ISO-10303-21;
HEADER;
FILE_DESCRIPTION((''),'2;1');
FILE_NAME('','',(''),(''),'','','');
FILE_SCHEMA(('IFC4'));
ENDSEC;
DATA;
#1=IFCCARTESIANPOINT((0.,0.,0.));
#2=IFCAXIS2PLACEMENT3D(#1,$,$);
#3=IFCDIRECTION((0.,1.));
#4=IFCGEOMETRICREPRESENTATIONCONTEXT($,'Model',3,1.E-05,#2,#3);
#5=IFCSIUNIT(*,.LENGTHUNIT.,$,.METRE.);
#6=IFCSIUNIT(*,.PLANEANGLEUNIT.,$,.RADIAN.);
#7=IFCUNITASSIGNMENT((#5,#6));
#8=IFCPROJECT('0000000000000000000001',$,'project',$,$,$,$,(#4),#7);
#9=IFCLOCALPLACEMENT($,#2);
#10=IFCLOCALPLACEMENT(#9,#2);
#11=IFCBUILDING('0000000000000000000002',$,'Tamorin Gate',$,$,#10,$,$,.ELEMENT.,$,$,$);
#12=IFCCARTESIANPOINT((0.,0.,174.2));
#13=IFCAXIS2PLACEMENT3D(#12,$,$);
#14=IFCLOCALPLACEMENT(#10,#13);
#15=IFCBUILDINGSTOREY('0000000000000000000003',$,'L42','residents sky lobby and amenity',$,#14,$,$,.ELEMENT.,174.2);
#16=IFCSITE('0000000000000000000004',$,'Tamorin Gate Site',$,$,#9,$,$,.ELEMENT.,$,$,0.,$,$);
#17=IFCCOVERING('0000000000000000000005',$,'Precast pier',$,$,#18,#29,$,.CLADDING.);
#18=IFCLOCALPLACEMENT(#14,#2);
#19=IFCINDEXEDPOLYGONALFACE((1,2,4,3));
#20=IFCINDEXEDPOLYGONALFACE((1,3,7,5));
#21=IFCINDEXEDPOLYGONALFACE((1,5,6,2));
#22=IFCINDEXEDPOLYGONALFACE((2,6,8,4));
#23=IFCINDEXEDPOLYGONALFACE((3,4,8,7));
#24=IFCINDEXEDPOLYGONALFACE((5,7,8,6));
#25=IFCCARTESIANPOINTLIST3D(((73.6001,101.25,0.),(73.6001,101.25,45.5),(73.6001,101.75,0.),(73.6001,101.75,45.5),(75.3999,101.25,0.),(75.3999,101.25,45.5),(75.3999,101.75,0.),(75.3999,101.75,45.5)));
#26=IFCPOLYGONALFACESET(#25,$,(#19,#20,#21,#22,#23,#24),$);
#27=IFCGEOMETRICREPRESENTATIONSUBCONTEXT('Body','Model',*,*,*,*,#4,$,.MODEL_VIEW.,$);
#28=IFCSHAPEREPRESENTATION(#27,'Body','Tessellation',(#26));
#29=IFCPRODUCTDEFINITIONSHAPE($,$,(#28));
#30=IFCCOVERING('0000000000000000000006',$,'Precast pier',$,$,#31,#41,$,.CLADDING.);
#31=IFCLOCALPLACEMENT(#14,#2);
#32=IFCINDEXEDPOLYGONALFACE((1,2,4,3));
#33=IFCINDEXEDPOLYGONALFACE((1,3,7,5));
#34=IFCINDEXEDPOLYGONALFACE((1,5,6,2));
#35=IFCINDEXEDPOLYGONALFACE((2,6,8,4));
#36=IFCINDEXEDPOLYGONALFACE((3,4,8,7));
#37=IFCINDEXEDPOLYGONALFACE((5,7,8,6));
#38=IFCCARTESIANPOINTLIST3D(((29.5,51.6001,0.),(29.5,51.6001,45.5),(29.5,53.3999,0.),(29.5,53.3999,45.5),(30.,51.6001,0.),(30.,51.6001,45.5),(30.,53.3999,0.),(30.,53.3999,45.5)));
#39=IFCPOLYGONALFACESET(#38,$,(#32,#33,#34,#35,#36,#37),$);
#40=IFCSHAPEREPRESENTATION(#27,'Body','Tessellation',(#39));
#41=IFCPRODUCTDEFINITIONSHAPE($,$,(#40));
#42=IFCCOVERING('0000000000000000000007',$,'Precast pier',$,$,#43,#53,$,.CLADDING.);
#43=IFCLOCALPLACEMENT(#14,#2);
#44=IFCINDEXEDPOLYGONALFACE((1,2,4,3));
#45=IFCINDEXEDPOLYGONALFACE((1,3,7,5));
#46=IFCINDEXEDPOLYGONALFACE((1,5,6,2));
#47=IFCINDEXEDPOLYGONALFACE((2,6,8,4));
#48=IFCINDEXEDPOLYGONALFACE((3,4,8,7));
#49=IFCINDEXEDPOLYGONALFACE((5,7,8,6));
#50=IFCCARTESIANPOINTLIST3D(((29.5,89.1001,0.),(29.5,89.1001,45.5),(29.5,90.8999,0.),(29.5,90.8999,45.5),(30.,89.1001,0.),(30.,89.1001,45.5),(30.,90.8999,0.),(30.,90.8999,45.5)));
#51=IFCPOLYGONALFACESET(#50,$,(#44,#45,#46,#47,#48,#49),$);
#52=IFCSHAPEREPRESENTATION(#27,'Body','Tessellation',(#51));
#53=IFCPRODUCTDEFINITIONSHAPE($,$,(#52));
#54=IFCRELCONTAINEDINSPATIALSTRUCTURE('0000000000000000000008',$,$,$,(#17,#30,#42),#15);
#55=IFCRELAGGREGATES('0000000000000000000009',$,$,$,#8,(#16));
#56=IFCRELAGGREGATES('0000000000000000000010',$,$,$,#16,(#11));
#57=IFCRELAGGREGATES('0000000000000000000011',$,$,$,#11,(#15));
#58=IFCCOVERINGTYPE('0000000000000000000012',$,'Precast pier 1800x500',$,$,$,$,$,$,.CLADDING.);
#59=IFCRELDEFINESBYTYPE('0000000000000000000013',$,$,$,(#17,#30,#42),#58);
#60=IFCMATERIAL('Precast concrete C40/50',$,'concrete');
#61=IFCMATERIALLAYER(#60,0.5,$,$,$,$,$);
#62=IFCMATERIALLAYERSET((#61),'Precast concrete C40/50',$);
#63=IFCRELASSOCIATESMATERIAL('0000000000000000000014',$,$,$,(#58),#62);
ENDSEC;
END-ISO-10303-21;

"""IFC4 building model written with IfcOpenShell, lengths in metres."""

from ifc_helpers import new_model, si_unit, direction, frame, origin, place, context, subcontext, project, spatial, polyline, outline, extrude, material, layer, layer_set, type_object, element, save


model = new_model("IFC4")

# Units and contexts
model_context = context("Model", 3, precision=1e-05, world=origin(), true_north=direction((0.0, 1.0)))
body_context = subcontext(model_context, "Body", "Model", "MODEL_VIEW")
ifc_project = project(units=[si_unit("LENGTHUNIT", "METRE"), si_unit("PLANEANGLEUNIT", "RADIAN")], contexts=[model_context])

# Site, building, storey
site_placement = place(None, origin())
site = spatial("IfcSite", under=ifc_project, at=site_placement, Name="Tamorin Gate Site", CompositionType="ELEMENT", RefElevation=0.0)
building_placement = place(site_placement, origin())
building = spatial("IfcBuilding", under=site, at=building_placement, Name="Tamorin Gate", CompositionType="ELEMENT")
storey_placement = place(building_placement, frame((0.0, 0.0, 174.2)))
storey = spatial("IfcBuildingStorey", under=building, at=storey_placement, Name="L42", Description="residents sky lobby and amenity", CompositionType="ELEMENT", Elevation=174.2)

# Coverings
ifc_material_1 = material(Name="Precast concrete C40/50", Category="concrete")
ifc_layer_1 = layer(ifc_material_1, 0.5)
ifc_layer_set_1 = layer_set([ifc_layer_1], Name="Precast concrete C40/50")
covering_type_1 = type_object("IfcCoveringType", Name="Precast pier 1800x500", PredefinedType="CLADDING", material=ifc_layer_set_1)
covering_1_placement = place(storey_placement, origin())
element("IfcCovering", 1, at=covering_1_placement, inside=storey, type_object=covering_type_1, Name="Precast pier", PredefinedType="CLADDING", context=body_context, shape_type="SweptSolid", body=[
    extrude(outline(polyline([(75.3999, 101.25), (73.6001, 101.25), (73.6001, 101.75), (75.3999, 101.75), (75.3999, 101.25)])), origin(), (0.0, 0.0, 1.0), 45.5),
])
covering_2_placement = place(storey_placement, origin())
element("IfcCovering", 2, at=covering_2_placement, inside=storey, type_object=covering_type_1, Name="Precast pier", PredefinedType="CLADDING", context=body_context, shape_type="SweptSolid", body=[
    extrude(outline(polyline([(30.0, 53.3999), (30.0, 51.6001), (29.5, 51.6001), (29.5, 53.3999), (30.0, 53.3999)])), origin(), (0.0, 0.0, 1.0), 45.5),
])
covering_3_placement = place(storey_placement, origin())
element("IfcCovering", 3, at=covering_3_placement, inside=storey, type_object=covering_type_1, Name="Precast pier", PredefinedType="CLADDING", context=body_context, shape_type="SweptSolid", body=[
    extrude(outline(polyline([(30.0, 90.8999), (30.0, 89.1001), (29.5, 89.1001), (29.5, 90.8999), (30.0, 90.8999)])), origin(), (0.0, 0.0, 1.0), 45.5),
])

save(model, "model.ifc")
